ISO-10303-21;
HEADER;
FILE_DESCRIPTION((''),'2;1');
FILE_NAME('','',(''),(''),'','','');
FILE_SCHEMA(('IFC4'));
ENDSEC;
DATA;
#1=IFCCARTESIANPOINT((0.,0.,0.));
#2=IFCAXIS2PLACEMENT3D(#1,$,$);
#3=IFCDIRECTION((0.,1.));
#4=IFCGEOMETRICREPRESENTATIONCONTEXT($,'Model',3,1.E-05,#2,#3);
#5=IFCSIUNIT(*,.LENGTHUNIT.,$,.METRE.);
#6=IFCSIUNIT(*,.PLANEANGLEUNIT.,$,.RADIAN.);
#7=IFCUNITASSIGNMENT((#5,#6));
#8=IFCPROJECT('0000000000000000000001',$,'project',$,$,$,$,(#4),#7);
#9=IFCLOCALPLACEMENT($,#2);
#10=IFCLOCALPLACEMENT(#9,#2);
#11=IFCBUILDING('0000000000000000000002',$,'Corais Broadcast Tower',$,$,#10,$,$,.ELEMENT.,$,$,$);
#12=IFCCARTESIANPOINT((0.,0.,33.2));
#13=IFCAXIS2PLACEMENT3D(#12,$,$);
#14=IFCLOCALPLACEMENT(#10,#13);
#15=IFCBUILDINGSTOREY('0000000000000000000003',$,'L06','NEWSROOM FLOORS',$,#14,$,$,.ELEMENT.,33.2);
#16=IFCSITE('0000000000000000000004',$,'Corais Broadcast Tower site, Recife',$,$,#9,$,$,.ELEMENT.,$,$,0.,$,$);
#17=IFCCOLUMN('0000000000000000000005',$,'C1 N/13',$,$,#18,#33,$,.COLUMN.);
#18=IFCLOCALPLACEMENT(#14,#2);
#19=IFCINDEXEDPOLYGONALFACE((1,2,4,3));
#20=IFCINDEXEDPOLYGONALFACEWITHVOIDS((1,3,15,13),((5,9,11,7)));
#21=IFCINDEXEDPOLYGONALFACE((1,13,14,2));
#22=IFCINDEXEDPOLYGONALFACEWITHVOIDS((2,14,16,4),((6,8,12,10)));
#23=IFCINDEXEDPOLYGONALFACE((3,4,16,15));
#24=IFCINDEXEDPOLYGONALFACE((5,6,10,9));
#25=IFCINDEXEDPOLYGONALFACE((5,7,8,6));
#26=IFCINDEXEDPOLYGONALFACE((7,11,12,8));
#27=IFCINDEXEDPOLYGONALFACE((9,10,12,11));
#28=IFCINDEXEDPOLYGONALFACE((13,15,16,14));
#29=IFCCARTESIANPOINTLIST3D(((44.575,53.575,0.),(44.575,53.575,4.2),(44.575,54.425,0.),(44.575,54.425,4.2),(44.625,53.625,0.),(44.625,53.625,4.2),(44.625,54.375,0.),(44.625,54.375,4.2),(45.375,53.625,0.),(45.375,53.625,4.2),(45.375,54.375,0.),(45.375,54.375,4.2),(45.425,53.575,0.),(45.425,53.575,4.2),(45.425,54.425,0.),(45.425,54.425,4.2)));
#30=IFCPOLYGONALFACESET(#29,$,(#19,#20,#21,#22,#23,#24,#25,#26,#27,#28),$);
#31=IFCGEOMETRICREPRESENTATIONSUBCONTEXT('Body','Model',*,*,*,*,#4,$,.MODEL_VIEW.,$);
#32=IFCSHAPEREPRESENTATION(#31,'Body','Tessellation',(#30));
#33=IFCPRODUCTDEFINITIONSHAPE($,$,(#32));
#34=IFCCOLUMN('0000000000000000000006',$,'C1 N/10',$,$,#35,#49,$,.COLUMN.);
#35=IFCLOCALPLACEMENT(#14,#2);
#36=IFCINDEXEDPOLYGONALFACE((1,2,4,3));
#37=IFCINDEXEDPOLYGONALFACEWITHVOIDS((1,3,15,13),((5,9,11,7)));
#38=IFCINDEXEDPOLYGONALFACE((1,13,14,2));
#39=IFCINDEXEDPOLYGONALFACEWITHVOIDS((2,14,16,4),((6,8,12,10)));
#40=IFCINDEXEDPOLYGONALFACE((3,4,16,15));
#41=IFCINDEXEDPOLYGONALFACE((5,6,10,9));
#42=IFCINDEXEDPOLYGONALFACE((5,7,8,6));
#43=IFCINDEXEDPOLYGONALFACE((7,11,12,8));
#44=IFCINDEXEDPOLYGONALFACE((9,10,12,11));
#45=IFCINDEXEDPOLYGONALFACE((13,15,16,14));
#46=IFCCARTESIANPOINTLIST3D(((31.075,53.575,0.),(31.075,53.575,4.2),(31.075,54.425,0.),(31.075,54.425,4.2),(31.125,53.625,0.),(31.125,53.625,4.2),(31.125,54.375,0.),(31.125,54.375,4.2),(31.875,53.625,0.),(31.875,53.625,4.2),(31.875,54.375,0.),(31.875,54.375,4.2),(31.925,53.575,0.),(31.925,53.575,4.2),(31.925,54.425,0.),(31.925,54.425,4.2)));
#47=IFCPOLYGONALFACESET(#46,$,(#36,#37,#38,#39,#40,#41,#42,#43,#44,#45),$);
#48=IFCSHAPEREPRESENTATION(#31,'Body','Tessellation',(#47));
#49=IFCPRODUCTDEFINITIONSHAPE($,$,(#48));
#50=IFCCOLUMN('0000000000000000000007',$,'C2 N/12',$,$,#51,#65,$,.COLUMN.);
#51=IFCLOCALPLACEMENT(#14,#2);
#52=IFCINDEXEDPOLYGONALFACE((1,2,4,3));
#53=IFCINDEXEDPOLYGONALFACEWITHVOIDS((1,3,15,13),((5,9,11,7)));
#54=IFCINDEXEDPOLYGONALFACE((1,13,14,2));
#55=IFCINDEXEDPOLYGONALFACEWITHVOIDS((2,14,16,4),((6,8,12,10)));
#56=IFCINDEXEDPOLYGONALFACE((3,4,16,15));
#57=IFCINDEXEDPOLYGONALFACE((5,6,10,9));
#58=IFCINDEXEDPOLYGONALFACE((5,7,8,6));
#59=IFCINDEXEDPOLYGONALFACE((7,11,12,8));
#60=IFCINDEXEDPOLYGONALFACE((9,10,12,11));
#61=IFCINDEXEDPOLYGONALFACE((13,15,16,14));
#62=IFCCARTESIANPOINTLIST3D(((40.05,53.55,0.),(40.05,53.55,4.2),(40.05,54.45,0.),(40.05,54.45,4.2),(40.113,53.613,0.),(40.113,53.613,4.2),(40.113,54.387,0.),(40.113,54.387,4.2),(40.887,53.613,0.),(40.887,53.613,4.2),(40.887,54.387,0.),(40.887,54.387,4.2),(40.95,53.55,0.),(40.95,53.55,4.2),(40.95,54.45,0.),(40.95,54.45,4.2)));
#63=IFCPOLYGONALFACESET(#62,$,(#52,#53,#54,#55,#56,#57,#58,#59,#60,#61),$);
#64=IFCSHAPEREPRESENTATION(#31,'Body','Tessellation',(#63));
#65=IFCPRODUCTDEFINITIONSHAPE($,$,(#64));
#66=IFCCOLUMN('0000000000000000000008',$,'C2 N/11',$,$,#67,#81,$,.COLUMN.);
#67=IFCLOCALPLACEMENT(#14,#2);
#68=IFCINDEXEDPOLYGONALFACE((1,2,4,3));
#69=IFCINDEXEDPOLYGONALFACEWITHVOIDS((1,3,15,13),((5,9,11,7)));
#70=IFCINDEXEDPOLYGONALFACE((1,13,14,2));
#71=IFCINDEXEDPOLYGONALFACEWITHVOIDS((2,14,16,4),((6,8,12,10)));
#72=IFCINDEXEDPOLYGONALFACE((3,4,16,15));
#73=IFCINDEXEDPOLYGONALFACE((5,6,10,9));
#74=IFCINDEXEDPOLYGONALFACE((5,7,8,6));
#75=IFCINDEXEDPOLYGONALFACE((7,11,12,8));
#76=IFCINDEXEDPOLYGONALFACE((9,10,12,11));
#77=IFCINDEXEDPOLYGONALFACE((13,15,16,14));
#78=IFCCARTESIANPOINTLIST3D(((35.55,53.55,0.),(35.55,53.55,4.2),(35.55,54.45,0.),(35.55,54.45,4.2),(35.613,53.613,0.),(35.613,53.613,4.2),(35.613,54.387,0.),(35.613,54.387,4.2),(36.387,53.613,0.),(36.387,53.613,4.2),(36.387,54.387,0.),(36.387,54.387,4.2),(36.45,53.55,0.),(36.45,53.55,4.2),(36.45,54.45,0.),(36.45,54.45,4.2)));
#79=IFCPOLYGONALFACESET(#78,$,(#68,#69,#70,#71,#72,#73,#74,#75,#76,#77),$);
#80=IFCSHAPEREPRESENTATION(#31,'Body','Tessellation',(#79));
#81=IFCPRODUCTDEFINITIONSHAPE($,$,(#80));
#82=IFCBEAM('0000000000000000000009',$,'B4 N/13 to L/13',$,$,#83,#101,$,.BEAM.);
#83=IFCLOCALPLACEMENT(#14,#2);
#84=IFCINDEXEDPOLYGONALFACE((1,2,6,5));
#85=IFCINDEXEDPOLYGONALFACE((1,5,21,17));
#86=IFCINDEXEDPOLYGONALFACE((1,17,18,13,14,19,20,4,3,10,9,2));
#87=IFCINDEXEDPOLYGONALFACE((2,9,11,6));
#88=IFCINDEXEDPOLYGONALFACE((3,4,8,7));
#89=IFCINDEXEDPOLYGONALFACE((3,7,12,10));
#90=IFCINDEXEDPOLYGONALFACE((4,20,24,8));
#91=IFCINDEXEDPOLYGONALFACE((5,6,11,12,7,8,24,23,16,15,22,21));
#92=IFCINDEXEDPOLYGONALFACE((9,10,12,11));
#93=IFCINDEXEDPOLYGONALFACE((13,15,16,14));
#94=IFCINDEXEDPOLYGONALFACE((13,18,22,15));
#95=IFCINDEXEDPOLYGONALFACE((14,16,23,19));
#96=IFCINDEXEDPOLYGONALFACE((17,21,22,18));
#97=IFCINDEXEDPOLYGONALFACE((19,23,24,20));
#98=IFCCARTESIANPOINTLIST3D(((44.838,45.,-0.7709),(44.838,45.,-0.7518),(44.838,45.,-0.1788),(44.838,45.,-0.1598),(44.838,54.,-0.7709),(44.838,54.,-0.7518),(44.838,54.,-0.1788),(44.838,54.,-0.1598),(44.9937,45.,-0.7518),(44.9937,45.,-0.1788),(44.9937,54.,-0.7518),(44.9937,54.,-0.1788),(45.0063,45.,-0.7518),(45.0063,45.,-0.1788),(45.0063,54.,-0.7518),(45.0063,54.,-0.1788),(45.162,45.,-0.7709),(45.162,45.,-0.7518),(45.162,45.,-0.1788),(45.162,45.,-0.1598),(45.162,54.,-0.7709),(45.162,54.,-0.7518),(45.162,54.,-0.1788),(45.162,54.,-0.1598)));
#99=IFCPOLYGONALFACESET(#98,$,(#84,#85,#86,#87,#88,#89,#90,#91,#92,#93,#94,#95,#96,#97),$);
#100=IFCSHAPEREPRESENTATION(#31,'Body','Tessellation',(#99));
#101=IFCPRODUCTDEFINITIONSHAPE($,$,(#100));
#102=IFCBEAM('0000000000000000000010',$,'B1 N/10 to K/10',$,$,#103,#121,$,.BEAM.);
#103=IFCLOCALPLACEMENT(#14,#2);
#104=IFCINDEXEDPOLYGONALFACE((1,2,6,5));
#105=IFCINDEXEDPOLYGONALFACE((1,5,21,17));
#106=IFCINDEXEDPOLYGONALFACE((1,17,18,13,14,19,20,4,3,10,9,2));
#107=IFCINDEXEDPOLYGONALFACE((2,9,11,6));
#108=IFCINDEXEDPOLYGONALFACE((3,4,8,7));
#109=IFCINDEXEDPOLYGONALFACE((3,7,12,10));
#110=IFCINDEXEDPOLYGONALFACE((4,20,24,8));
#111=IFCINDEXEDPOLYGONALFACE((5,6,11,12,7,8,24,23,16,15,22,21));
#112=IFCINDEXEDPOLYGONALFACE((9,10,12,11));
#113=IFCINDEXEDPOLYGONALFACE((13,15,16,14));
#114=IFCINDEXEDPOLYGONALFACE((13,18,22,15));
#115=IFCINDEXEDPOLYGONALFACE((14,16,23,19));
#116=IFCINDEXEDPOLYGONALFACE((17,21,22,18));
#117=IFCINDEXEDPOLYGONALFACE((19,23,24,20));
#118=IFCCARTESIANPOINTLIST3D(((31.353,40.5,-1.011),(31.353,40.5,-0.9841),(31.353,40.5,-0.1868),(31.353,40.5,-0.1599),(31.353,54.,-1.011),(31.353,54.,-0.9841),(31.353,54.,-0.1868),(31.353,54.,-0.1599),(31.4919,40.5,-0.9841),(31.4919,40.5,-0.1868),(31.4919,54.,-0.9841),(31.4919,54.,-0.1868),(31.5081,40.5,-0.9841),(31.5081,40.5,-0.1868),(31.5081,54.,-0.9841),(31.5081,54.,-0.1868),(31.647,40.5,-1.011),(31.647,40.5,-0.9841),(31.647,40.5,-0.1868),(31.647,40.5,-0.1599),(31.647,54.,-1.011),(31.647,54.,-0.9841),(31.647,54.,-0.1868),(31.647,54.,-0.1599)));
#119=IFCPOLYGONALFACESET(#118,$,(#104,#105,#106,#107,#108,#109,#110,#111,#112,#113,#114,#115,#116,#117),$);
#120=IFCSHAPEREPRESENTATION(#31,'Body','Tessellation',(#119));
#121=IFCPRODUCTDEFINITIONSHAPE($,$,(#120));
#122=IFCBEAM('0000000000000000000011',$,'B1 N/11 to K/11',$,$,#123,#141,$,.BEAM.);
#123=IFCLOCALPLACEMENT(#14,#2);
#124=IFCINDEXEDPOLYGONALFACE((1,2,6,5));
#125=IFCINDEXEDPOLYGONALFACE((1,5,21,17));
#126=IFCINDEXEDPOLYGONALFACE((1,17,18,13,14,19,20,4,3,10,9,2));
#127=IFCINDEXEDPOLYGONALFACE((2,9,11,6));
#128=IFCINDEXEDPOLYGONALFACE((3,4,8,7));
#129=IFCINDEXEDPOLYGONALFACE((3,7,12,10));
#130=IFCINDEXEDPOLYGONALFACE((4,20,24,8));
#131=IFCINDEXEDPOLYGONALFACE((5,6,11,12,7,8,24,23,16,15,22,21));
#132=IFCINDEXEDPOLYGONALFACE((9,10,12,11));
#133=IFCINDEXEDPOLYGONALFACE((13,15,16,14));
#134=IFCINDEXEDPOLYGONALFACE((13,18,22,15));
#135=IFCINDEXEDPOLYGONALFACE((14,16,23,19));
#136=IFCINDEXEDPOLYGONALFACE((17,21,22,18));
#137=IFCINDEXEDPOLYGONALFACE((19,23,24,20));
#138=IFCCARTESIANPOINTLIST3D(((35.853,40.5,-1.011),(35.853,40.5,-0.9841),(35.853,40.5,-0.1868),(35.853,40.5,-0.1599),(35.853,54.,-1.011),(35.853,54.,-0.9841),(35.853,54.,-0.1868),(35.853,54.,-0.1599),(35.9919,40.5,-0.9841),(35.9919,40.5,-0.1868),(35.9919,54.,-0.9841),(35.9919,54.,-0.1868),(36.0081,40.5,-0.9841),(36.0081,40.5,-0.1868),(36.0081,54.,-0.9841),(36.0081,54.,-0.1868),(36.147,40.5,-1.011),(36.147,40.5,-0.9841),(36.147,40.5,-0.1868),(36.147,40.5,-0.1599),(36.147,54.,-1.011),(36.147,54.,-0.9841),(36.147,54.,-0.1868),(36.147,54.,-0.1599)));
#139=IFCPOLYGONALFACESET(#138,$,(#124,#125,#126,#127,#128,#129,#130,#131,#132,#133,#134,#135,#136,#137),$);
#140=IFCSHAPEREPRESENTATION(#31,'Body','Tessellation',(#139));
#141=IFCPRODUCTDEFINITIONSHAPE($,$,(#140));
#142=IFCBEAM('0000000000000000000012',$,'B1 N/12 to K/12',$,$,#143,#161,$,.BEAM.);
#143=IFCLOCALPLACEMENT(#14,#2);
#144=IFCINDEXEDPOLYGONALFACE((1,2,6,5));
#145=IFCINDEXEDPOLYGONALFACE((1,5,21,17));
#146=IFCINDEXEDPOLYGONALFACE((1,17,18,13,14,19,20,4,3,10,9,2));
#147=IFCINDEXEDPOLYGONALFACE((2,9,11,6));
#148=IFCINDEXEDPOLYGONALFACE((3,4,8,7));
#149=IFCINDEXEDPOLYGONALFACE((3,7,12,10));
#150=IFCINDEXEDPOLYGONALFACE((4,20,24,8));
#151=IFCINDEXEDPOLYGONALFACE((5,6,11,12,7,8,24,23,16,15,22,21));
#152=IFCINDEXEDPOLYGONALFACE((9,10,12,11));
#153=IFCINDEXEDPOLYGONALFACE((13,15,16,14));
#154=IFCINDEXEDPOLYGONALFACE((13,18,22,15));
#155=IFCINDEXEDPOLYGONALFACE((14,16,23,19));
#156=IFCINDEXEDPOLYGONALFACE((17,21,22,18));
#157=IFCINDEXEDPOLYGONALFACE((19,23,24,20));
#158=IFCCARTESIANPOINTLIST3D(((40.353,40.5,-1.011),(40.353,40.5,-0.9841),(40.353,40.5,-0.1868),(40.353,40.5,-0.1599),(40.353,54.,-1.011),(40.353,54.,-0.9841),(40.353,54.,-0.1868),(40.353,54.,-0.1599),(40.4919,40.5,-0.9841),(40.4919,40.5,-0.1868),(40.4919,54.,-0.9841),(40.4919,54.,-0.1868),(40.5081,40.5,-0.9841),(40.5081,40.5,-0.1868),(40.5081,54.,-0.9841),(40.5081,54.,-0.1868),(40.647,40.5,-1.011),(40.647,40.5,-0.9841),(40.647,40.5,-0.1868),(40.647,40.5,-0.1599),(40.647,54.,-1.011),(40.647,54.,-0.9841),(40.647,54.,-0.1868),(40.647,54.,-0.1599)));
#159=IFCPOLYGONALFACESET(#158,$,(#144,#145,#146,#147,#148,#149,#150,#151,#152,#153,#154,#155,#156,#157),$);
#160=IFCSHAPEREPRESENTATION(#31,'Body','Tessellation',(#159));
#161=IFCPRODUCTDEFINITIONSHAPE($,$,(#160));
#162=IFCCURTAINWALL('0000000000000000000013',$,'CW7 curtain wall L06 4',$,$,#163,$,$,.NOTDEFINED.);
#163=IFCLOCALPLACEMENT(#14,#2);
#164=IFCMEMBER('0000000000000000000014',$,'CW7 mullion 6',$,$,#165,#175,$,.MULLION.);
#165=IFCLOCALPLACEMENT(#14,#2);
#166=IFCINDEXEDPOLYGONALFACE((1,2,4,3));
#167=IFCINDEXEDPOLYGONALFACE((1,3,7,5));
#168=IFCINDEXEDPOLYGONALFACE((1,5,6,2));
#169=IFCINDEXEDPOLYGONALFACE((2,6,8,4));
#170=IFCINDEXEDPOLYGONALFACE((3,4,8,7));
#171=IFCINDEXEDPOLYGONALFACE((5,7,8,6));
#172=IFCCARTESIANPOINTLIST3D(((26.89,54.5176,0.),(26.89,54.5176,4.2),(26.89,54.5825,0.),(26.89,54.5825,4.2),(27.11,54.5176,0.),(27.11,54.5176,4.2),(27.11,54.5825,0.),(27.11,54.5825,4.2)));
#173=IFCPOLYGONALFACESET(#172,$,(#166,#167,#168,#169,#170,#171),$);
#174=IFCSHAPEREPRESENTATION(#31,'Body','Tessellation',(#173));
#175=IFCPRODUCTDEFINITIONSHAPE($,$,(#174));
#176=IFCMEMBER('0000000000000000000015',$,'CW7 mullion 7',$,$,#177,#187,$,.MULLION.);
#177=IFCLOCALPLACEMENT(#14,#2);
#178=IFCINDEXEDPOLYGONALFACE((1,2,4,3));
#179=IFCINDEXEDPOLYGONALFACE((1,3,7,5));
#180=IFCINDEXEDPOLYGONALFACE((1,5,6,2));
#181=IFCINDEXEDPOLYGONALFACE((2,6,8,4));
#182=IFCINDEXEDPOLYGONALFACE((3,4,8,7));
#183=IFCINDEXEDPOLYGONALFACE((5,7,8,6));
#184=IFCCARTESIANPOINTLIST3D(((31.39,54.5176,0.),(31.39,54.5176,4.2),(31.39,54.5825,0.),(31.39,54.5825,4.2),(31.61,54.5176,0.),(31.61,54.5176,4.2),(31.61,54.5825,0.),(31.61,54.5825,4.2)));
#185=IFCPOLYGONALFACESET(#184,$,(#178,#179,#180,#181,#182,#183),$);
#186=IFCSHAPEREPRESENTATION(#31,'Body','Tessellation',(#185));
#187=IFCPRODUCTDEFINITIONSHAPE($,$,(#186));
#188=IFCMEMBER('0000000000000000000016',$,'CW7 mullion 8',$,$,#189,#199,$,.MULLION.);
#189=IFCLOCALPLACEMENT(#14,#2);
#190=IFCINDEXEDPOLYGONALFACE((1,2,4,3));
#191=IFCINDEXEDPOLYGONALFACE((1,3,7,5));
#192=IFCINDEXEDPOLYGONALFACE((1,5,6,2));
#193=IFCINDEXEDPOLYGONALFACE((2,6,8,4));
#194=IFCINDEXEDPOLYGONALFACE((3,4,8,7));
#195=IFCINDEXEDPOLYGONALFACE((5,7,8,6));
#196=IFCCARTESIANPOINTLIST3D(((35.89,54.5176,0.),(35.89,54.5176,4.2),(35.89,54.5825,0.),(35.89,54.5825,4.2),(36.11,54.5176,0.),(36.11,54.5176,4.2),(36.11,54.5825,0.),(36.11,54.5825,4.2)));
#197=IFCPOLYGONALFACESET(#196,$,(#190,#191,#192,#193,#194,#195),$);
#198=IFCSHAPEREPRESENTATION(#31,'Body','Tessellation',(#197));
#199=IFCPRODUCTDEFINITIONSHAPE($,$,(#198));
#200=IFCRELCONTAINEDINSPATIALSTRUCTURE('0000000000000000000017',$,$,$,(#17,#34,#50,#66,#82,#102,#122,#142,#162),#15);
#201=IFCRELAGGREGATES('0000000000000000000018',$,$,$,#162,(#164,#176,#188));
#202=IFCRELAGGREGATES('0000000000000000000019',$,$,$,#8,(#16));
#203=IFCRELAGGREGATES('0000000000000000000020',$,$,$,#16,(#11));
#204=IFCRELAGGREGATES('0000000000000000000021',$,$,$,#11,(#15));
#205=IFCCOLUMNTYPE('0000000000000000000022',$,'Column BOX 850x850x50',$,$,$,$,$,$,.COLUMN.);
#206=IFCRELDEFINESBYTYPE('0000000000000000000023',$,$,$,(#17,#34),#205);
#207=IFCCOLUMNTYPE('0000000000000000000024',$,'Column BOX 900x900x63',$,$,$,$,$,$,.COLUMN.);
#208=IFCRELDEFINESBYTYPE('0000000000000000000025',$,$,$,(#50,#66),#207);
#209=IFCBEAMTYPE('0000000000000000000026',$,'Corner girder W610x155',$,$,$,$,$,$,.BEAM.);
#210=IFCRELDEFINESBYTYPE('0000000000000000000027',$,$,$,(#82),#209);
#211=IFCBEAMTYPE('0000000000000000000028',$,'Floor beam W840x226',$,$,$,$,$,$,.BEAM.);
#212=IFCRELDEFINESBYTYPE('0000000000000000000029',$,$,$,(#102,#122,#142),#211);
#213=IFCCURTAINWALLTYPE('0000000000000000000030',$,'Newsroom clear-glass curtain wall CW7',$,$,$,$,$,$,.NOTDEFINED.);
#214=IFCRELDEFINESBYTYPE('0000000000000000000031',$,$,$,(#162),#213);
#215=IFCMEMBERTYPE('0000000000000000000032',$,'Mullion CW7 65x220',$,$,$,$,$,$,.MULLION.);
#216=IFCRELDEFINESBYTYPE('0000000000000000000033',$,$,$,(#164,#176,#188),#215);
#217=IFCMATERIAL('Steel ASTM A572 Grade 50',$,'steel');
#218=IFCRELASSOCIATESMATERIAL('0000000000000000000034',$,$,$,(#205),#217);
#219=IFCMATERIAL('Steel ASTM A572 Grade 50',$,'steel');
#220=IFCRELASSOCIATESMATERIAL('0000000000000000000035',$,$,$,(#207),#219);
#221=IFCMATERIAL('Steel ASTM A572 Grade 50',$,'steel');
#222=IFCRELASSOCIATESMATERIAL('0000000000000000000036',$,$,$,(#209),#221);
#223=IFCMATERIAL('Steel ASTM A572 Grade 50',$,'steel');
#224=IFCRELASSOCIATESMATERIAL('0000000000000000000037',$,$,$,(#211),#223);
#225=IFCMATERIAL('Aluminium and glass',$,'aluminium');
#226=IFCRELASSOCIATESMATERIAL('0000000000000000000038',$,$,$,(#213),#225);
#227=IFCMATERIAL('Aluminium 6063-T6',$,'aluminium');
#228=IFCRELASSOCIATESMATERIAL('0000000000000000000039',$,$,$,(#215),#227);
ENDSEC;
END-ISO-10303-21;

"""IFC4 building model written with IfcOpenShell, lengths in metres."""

from ifc_helpers import new_model, si_unit, direction, frame, origin, origin_2d, place, context, subcontext, project, spatial, rectangle, hollow_rectangle, i_section, extrude, material, material_profile, profile_set, type_object, element, aggregate, save


model = new_model("IFC4")

# Units and contexts
model_context = context("Model", 3, precision=1e-05, world=origin(), true_north=direction((0.0, 1.0)))
body_context = subcontext(model_context, "Body", "Model", "MODEL_VIEW")
ifc_project = project(units=[si_unit("LENGTHUNIT", "METRE"), si_unit("PLANEANGLEUNIT", "RADIAN")], contexts=[model_context])

# Site, building, storey
site_placement = place(None, origin())
site = spatial("IfcSite", under=ifc_project, at=site_placement, Name="Corais Broadcast Tower site, Recife", CompositionType="ELEMENT", RefElevation=0.0)
building_placement = place(site_placement, origin())
building = spatial("IfcBuilding", under=site, at=building_placement, Name="Corais Broadcast Tower", CompositionType="ELEMENT")
storey_placement = place(building_placement, frame((0.0, 0.0, 33.2)))
storey = spatial("IfcBuildingStorey", under=building, at=storey_placement, Name="L06", Description="NEWSROOM FLOORS", CompositionType="ELEMENT", Elevation=33.2)

# Columns
ifc_material_1 = material(Name="Steel ASTM A572 Grade 50", Category="steel")
ifc_material_profile_1 = material_profile(ifc_material_1, hollow_rectangle(XDim=0.8501, YDim=0.8501, WallThickness=0.05, at=origin_2d()), Name="BOX 850x850x50")
ifc_profile_set_1 = profile_set([ifc_material_profile_1], Name="Steel ASTM A572 Grade 50")
column_type_1 = type_object("IfcColumnType", Name="Column BOX 850x850x50", PredefinedType="COLUMN", material=ifc_profile_set_1)
for number, where, z_axis, x_axis, name in (
    (1, (45.0, 54.0, 0.0), (0.0, 0.0, 1.0), (1.0, 0.0, 0.0), "C1 N/13"),
    (2, (31.5, 54.0, 0.0), (0.0, 0.0, 1.0), (1.0, 0.0, 0.0), "C1 N/10"),
):
    element("IfcColumn", number, at=place(storey_placement, frame(where, z_axis=z_axis, x_axis=x_axis)), inside=storey, type_object=column_type_1, Name=name, PredefinedType="COLUMN", context=body_context, shape_type="SweptSolid", body=[
        extrude(hollow_rectangle(XDim=0.8501, YDim=0.8501, WallThickness=0.05, at=origin_2d()), origin(), (0.0, 0.0, 1.0), 4.2),
    ])
ifc_material_2 = material(Name="Steel ASTM A572 Grade 50", Category="steel")
ifc_material_profile_2 = material_profile(ifc_material_2, hollow_rectangle(XDim=0.8999, YDim=0.8999, WallThickness=0.063, at=origin_2d()), Name="BOX 900x900x63")
ifc_profile_set_2 = profile_set([ifc_material_profile_2], Name="Steel ASTM A572 Grade 50")
column_type_2 = type_object("IfcColumnType", Name="Column BOX 900x900x63", PredefinedType="COLUMN", material=ifc_profile_set_2)
for number, where, z_axis, x_axis, name in (
    (3, (40.5, 54.0, 0.0), (0.0, 0.0, 1.0), (1.0, 0.0, 0.0), "C2 N/12"),
    (4, (36.0, 54.0, 0.0), (0.0, 0.0, 1.0), (1.0, 0.0, 0.0), "C2 N/11"),
):
    element("IfcColumn", number, at=place(storey_placement, frame(where, z_axis=z_axis, x_axis=x_axis)), inside=storey, type_object=column_type_2, Name=name, PredefinedType="COLUMN", context=body_context, shape_type="SweptSolid", body=[
        extrude(hollow_rectangle(XDim=0.8999, YDim=0.8999, WallThickness=0.063, at=origin_2d()), origin(), (0.0, 0.0, 1.0), 4.2),
    ])

# Beams
ifc_material_3 = material(Name="Steel ASTM A572 Grade 50", Category="steel")
ifc_material_profile_3 = material_profile(ifc_material_3, i_section(OverallWidth=0.324, OverallDepth=0.6111, WebThickness=0.0127, FlangeThickness=0.019, at=origin_2d()), Name="W610x155")
ifc_profile_set_3 = profile_set([ifc_material_profile_3], Name="Steel ASTM A572 Grade 50")
beam_type_1 = type_object("IfcBeamType", Name="Corner girder W610x155", PredefinedType="BEAM", material=ifc_profile_set_3)
beam_1_placement = place(storey_placement, frame((45.0, 54.0, -0.4653), z_axis=(0.0, -1.0, 0.0), x_axis=(1.0, 0.0, 0.0)))
element("IfcBeam", 5, at=beam_1_placement, inside=storey, type_object=beam_type_1, Name="B4 N/13 to L/13", PredefinedType="BEAM", context=body_context, shape_type="SweptSolid", body=[
    extrude(i_section(OverallWidth=0.324, OverallDepth=0.6111, WebThickness=0.0127, FlangeThickness=0.019, at=origin_2d()), origin(), (0.0, 0.0, 1.0), 9.0),
])
ifc_material_4 = material(Name="Steel ASTM A572 Grade 50", Category="steel")
ifc_material_profile_4 = material_profile(ifc_material_4, i_section(OverallWidth=0.2939, OverallDepth=0.8511, WebThickness=0.0161, FlangeThickness=0.0269, at=origin_2d()), Name="W840x226")
ifc_profile_set_4 = profile_set([ifc_material_profile_4], Name="Steel ASTM A572 Grade 50")
beam_type_2 = type_object("IfcBeamType", Name="Floor beam W840x226", PredefinedType="BEAM", material=ifc_profile_set_4)
for number, where, z_axis, x_axis, name in (
    (6, (31.5, 54.0, -0.5854), (0.0, -1.0, 0.0), (1.0, 0.0, 0.0), "B1 N/10 to K/10"),
    (7, (36.0, 54.0, -0.5854), (0.0, -1.0, 0.0), (1.0, 0.0, 0.0), "B1 N/11 to K/11"),
    (8, (40.5, 54.0, -0.5854), (0.0, -1.0, 0.0), (1.0, 0.0, 0.0), "B1 N/12 to K/12"),
):
    element("IfcBeam", number, at=place(storey_placement, frame(where, z_axis=z_axis, x_axis=x_axis)), inside=storey, type_object=beam_type_2, Name=name, PredefinedType="BEAM", context=body_context, shape_type="SweptSolid", body=[
        extrude(i_section(OverallWidth=0.2939, OverallDepth=0.8511, WebThickness=0.0161, FlangeThickness=0.0269, at=origin_2d()), origin(), (0.0, 0.0, 1.0), 13.5),
    ])

# Curtain wall, members
ifc_material_5 = material(Name="Aluminium and glass", Category="aluminium")
curtain_wall_type = type_object("IfcCurtainWallType", Name="Newsroom clear-glass curtain wall CW7", PredefinedType="NOTDEFINED", material=ifc_material_5)
curtain_wall_placement = place(storey_placement, origin())
curtain_wall = element("IfcCurtainWall", 9, at=curtain_wall_placement, inside=storey, type_object=curtain_wall_type, Name="CW7 curtain wall L06 4", PredefinedType="NOTDEFINED")
ifc_material_6 = material(Name="Aluminium 6063-T6", Category="aluminium")
ifc_material_profile_5 = material_profile(ifc_material_6, rectangle(XDim=0.0649, YDim=0.22, at=origin_2d()), Name="Mullion CW7 65x220")
ifc_profile_set_5 = profile_set([ifc_material_profile_5], Name="Aluminium 6063-T6")
member_type_1 = type_object("IfcMemberType", Name="Mullion CW7 65x220", PredefinedType="MULLION", material=ifc_profile_set_5)
member_1_placement = place(storey_placement, frame((27.0, 54.55, 0.0), z_axis=(0.0, 0.0, 1.0), x_axis=(0.0, 1.0, 0.0)))
member_1 = element("IfcMember", 10, at=member_1_placement, type_object=member_type_1, Name="CW7 mullion 6", PredefinedType="MULLION", context=body_context, shape_type="SweptSolid", body=[
    extrude(rectangle(XDim=0.0649, YDim=0.22, at=origin_2d()), origin(), (0.0, 0.0, 1.0), 4.2),
])
member_2_placement = place(storey_placement, frame((31.5, 54.55, 0.0), z_axis=(0.0, 0.0, 1.0), x_axis=(0.0, 1.0, 0.0)))
member_2 = element("IfcMember", 11, at=member_2_placement, type_object=member_type_1, Name="CW7 mullion 7", PredefinedType="MULLION", context=body_context, shape_type="SweptSolid", body=[
    extrude(rectangle(XDim=0.0649, YDim=0.22, at=origin_2d()), origin(), (0.0, 0.0, 1.0), 4.2),
])
member_3_placement = place(storey_placement, frame((36.0, 54.55, 0.0), z_axis=(0.0, 0.0, 1.0), x_axis=(0.0, 1.0, 0.0)))
member_3 = element("IfcMember", 12, at=member_3_placement, type_object=member_type_1, Name="CW7 mullion 8", PredefinedType="MULLION", context=body_context, shape_type="SweptSolid", body=[
    extrude(rectangle(XDim=0.0649, YDim=0.22, at=origin_2d()), origin(), (0.0, 0.0, 1.0), 4.2),
])

aggregate(curtain_wall, [member_1, member_2, member_3])

save(model, "model.ifc")
